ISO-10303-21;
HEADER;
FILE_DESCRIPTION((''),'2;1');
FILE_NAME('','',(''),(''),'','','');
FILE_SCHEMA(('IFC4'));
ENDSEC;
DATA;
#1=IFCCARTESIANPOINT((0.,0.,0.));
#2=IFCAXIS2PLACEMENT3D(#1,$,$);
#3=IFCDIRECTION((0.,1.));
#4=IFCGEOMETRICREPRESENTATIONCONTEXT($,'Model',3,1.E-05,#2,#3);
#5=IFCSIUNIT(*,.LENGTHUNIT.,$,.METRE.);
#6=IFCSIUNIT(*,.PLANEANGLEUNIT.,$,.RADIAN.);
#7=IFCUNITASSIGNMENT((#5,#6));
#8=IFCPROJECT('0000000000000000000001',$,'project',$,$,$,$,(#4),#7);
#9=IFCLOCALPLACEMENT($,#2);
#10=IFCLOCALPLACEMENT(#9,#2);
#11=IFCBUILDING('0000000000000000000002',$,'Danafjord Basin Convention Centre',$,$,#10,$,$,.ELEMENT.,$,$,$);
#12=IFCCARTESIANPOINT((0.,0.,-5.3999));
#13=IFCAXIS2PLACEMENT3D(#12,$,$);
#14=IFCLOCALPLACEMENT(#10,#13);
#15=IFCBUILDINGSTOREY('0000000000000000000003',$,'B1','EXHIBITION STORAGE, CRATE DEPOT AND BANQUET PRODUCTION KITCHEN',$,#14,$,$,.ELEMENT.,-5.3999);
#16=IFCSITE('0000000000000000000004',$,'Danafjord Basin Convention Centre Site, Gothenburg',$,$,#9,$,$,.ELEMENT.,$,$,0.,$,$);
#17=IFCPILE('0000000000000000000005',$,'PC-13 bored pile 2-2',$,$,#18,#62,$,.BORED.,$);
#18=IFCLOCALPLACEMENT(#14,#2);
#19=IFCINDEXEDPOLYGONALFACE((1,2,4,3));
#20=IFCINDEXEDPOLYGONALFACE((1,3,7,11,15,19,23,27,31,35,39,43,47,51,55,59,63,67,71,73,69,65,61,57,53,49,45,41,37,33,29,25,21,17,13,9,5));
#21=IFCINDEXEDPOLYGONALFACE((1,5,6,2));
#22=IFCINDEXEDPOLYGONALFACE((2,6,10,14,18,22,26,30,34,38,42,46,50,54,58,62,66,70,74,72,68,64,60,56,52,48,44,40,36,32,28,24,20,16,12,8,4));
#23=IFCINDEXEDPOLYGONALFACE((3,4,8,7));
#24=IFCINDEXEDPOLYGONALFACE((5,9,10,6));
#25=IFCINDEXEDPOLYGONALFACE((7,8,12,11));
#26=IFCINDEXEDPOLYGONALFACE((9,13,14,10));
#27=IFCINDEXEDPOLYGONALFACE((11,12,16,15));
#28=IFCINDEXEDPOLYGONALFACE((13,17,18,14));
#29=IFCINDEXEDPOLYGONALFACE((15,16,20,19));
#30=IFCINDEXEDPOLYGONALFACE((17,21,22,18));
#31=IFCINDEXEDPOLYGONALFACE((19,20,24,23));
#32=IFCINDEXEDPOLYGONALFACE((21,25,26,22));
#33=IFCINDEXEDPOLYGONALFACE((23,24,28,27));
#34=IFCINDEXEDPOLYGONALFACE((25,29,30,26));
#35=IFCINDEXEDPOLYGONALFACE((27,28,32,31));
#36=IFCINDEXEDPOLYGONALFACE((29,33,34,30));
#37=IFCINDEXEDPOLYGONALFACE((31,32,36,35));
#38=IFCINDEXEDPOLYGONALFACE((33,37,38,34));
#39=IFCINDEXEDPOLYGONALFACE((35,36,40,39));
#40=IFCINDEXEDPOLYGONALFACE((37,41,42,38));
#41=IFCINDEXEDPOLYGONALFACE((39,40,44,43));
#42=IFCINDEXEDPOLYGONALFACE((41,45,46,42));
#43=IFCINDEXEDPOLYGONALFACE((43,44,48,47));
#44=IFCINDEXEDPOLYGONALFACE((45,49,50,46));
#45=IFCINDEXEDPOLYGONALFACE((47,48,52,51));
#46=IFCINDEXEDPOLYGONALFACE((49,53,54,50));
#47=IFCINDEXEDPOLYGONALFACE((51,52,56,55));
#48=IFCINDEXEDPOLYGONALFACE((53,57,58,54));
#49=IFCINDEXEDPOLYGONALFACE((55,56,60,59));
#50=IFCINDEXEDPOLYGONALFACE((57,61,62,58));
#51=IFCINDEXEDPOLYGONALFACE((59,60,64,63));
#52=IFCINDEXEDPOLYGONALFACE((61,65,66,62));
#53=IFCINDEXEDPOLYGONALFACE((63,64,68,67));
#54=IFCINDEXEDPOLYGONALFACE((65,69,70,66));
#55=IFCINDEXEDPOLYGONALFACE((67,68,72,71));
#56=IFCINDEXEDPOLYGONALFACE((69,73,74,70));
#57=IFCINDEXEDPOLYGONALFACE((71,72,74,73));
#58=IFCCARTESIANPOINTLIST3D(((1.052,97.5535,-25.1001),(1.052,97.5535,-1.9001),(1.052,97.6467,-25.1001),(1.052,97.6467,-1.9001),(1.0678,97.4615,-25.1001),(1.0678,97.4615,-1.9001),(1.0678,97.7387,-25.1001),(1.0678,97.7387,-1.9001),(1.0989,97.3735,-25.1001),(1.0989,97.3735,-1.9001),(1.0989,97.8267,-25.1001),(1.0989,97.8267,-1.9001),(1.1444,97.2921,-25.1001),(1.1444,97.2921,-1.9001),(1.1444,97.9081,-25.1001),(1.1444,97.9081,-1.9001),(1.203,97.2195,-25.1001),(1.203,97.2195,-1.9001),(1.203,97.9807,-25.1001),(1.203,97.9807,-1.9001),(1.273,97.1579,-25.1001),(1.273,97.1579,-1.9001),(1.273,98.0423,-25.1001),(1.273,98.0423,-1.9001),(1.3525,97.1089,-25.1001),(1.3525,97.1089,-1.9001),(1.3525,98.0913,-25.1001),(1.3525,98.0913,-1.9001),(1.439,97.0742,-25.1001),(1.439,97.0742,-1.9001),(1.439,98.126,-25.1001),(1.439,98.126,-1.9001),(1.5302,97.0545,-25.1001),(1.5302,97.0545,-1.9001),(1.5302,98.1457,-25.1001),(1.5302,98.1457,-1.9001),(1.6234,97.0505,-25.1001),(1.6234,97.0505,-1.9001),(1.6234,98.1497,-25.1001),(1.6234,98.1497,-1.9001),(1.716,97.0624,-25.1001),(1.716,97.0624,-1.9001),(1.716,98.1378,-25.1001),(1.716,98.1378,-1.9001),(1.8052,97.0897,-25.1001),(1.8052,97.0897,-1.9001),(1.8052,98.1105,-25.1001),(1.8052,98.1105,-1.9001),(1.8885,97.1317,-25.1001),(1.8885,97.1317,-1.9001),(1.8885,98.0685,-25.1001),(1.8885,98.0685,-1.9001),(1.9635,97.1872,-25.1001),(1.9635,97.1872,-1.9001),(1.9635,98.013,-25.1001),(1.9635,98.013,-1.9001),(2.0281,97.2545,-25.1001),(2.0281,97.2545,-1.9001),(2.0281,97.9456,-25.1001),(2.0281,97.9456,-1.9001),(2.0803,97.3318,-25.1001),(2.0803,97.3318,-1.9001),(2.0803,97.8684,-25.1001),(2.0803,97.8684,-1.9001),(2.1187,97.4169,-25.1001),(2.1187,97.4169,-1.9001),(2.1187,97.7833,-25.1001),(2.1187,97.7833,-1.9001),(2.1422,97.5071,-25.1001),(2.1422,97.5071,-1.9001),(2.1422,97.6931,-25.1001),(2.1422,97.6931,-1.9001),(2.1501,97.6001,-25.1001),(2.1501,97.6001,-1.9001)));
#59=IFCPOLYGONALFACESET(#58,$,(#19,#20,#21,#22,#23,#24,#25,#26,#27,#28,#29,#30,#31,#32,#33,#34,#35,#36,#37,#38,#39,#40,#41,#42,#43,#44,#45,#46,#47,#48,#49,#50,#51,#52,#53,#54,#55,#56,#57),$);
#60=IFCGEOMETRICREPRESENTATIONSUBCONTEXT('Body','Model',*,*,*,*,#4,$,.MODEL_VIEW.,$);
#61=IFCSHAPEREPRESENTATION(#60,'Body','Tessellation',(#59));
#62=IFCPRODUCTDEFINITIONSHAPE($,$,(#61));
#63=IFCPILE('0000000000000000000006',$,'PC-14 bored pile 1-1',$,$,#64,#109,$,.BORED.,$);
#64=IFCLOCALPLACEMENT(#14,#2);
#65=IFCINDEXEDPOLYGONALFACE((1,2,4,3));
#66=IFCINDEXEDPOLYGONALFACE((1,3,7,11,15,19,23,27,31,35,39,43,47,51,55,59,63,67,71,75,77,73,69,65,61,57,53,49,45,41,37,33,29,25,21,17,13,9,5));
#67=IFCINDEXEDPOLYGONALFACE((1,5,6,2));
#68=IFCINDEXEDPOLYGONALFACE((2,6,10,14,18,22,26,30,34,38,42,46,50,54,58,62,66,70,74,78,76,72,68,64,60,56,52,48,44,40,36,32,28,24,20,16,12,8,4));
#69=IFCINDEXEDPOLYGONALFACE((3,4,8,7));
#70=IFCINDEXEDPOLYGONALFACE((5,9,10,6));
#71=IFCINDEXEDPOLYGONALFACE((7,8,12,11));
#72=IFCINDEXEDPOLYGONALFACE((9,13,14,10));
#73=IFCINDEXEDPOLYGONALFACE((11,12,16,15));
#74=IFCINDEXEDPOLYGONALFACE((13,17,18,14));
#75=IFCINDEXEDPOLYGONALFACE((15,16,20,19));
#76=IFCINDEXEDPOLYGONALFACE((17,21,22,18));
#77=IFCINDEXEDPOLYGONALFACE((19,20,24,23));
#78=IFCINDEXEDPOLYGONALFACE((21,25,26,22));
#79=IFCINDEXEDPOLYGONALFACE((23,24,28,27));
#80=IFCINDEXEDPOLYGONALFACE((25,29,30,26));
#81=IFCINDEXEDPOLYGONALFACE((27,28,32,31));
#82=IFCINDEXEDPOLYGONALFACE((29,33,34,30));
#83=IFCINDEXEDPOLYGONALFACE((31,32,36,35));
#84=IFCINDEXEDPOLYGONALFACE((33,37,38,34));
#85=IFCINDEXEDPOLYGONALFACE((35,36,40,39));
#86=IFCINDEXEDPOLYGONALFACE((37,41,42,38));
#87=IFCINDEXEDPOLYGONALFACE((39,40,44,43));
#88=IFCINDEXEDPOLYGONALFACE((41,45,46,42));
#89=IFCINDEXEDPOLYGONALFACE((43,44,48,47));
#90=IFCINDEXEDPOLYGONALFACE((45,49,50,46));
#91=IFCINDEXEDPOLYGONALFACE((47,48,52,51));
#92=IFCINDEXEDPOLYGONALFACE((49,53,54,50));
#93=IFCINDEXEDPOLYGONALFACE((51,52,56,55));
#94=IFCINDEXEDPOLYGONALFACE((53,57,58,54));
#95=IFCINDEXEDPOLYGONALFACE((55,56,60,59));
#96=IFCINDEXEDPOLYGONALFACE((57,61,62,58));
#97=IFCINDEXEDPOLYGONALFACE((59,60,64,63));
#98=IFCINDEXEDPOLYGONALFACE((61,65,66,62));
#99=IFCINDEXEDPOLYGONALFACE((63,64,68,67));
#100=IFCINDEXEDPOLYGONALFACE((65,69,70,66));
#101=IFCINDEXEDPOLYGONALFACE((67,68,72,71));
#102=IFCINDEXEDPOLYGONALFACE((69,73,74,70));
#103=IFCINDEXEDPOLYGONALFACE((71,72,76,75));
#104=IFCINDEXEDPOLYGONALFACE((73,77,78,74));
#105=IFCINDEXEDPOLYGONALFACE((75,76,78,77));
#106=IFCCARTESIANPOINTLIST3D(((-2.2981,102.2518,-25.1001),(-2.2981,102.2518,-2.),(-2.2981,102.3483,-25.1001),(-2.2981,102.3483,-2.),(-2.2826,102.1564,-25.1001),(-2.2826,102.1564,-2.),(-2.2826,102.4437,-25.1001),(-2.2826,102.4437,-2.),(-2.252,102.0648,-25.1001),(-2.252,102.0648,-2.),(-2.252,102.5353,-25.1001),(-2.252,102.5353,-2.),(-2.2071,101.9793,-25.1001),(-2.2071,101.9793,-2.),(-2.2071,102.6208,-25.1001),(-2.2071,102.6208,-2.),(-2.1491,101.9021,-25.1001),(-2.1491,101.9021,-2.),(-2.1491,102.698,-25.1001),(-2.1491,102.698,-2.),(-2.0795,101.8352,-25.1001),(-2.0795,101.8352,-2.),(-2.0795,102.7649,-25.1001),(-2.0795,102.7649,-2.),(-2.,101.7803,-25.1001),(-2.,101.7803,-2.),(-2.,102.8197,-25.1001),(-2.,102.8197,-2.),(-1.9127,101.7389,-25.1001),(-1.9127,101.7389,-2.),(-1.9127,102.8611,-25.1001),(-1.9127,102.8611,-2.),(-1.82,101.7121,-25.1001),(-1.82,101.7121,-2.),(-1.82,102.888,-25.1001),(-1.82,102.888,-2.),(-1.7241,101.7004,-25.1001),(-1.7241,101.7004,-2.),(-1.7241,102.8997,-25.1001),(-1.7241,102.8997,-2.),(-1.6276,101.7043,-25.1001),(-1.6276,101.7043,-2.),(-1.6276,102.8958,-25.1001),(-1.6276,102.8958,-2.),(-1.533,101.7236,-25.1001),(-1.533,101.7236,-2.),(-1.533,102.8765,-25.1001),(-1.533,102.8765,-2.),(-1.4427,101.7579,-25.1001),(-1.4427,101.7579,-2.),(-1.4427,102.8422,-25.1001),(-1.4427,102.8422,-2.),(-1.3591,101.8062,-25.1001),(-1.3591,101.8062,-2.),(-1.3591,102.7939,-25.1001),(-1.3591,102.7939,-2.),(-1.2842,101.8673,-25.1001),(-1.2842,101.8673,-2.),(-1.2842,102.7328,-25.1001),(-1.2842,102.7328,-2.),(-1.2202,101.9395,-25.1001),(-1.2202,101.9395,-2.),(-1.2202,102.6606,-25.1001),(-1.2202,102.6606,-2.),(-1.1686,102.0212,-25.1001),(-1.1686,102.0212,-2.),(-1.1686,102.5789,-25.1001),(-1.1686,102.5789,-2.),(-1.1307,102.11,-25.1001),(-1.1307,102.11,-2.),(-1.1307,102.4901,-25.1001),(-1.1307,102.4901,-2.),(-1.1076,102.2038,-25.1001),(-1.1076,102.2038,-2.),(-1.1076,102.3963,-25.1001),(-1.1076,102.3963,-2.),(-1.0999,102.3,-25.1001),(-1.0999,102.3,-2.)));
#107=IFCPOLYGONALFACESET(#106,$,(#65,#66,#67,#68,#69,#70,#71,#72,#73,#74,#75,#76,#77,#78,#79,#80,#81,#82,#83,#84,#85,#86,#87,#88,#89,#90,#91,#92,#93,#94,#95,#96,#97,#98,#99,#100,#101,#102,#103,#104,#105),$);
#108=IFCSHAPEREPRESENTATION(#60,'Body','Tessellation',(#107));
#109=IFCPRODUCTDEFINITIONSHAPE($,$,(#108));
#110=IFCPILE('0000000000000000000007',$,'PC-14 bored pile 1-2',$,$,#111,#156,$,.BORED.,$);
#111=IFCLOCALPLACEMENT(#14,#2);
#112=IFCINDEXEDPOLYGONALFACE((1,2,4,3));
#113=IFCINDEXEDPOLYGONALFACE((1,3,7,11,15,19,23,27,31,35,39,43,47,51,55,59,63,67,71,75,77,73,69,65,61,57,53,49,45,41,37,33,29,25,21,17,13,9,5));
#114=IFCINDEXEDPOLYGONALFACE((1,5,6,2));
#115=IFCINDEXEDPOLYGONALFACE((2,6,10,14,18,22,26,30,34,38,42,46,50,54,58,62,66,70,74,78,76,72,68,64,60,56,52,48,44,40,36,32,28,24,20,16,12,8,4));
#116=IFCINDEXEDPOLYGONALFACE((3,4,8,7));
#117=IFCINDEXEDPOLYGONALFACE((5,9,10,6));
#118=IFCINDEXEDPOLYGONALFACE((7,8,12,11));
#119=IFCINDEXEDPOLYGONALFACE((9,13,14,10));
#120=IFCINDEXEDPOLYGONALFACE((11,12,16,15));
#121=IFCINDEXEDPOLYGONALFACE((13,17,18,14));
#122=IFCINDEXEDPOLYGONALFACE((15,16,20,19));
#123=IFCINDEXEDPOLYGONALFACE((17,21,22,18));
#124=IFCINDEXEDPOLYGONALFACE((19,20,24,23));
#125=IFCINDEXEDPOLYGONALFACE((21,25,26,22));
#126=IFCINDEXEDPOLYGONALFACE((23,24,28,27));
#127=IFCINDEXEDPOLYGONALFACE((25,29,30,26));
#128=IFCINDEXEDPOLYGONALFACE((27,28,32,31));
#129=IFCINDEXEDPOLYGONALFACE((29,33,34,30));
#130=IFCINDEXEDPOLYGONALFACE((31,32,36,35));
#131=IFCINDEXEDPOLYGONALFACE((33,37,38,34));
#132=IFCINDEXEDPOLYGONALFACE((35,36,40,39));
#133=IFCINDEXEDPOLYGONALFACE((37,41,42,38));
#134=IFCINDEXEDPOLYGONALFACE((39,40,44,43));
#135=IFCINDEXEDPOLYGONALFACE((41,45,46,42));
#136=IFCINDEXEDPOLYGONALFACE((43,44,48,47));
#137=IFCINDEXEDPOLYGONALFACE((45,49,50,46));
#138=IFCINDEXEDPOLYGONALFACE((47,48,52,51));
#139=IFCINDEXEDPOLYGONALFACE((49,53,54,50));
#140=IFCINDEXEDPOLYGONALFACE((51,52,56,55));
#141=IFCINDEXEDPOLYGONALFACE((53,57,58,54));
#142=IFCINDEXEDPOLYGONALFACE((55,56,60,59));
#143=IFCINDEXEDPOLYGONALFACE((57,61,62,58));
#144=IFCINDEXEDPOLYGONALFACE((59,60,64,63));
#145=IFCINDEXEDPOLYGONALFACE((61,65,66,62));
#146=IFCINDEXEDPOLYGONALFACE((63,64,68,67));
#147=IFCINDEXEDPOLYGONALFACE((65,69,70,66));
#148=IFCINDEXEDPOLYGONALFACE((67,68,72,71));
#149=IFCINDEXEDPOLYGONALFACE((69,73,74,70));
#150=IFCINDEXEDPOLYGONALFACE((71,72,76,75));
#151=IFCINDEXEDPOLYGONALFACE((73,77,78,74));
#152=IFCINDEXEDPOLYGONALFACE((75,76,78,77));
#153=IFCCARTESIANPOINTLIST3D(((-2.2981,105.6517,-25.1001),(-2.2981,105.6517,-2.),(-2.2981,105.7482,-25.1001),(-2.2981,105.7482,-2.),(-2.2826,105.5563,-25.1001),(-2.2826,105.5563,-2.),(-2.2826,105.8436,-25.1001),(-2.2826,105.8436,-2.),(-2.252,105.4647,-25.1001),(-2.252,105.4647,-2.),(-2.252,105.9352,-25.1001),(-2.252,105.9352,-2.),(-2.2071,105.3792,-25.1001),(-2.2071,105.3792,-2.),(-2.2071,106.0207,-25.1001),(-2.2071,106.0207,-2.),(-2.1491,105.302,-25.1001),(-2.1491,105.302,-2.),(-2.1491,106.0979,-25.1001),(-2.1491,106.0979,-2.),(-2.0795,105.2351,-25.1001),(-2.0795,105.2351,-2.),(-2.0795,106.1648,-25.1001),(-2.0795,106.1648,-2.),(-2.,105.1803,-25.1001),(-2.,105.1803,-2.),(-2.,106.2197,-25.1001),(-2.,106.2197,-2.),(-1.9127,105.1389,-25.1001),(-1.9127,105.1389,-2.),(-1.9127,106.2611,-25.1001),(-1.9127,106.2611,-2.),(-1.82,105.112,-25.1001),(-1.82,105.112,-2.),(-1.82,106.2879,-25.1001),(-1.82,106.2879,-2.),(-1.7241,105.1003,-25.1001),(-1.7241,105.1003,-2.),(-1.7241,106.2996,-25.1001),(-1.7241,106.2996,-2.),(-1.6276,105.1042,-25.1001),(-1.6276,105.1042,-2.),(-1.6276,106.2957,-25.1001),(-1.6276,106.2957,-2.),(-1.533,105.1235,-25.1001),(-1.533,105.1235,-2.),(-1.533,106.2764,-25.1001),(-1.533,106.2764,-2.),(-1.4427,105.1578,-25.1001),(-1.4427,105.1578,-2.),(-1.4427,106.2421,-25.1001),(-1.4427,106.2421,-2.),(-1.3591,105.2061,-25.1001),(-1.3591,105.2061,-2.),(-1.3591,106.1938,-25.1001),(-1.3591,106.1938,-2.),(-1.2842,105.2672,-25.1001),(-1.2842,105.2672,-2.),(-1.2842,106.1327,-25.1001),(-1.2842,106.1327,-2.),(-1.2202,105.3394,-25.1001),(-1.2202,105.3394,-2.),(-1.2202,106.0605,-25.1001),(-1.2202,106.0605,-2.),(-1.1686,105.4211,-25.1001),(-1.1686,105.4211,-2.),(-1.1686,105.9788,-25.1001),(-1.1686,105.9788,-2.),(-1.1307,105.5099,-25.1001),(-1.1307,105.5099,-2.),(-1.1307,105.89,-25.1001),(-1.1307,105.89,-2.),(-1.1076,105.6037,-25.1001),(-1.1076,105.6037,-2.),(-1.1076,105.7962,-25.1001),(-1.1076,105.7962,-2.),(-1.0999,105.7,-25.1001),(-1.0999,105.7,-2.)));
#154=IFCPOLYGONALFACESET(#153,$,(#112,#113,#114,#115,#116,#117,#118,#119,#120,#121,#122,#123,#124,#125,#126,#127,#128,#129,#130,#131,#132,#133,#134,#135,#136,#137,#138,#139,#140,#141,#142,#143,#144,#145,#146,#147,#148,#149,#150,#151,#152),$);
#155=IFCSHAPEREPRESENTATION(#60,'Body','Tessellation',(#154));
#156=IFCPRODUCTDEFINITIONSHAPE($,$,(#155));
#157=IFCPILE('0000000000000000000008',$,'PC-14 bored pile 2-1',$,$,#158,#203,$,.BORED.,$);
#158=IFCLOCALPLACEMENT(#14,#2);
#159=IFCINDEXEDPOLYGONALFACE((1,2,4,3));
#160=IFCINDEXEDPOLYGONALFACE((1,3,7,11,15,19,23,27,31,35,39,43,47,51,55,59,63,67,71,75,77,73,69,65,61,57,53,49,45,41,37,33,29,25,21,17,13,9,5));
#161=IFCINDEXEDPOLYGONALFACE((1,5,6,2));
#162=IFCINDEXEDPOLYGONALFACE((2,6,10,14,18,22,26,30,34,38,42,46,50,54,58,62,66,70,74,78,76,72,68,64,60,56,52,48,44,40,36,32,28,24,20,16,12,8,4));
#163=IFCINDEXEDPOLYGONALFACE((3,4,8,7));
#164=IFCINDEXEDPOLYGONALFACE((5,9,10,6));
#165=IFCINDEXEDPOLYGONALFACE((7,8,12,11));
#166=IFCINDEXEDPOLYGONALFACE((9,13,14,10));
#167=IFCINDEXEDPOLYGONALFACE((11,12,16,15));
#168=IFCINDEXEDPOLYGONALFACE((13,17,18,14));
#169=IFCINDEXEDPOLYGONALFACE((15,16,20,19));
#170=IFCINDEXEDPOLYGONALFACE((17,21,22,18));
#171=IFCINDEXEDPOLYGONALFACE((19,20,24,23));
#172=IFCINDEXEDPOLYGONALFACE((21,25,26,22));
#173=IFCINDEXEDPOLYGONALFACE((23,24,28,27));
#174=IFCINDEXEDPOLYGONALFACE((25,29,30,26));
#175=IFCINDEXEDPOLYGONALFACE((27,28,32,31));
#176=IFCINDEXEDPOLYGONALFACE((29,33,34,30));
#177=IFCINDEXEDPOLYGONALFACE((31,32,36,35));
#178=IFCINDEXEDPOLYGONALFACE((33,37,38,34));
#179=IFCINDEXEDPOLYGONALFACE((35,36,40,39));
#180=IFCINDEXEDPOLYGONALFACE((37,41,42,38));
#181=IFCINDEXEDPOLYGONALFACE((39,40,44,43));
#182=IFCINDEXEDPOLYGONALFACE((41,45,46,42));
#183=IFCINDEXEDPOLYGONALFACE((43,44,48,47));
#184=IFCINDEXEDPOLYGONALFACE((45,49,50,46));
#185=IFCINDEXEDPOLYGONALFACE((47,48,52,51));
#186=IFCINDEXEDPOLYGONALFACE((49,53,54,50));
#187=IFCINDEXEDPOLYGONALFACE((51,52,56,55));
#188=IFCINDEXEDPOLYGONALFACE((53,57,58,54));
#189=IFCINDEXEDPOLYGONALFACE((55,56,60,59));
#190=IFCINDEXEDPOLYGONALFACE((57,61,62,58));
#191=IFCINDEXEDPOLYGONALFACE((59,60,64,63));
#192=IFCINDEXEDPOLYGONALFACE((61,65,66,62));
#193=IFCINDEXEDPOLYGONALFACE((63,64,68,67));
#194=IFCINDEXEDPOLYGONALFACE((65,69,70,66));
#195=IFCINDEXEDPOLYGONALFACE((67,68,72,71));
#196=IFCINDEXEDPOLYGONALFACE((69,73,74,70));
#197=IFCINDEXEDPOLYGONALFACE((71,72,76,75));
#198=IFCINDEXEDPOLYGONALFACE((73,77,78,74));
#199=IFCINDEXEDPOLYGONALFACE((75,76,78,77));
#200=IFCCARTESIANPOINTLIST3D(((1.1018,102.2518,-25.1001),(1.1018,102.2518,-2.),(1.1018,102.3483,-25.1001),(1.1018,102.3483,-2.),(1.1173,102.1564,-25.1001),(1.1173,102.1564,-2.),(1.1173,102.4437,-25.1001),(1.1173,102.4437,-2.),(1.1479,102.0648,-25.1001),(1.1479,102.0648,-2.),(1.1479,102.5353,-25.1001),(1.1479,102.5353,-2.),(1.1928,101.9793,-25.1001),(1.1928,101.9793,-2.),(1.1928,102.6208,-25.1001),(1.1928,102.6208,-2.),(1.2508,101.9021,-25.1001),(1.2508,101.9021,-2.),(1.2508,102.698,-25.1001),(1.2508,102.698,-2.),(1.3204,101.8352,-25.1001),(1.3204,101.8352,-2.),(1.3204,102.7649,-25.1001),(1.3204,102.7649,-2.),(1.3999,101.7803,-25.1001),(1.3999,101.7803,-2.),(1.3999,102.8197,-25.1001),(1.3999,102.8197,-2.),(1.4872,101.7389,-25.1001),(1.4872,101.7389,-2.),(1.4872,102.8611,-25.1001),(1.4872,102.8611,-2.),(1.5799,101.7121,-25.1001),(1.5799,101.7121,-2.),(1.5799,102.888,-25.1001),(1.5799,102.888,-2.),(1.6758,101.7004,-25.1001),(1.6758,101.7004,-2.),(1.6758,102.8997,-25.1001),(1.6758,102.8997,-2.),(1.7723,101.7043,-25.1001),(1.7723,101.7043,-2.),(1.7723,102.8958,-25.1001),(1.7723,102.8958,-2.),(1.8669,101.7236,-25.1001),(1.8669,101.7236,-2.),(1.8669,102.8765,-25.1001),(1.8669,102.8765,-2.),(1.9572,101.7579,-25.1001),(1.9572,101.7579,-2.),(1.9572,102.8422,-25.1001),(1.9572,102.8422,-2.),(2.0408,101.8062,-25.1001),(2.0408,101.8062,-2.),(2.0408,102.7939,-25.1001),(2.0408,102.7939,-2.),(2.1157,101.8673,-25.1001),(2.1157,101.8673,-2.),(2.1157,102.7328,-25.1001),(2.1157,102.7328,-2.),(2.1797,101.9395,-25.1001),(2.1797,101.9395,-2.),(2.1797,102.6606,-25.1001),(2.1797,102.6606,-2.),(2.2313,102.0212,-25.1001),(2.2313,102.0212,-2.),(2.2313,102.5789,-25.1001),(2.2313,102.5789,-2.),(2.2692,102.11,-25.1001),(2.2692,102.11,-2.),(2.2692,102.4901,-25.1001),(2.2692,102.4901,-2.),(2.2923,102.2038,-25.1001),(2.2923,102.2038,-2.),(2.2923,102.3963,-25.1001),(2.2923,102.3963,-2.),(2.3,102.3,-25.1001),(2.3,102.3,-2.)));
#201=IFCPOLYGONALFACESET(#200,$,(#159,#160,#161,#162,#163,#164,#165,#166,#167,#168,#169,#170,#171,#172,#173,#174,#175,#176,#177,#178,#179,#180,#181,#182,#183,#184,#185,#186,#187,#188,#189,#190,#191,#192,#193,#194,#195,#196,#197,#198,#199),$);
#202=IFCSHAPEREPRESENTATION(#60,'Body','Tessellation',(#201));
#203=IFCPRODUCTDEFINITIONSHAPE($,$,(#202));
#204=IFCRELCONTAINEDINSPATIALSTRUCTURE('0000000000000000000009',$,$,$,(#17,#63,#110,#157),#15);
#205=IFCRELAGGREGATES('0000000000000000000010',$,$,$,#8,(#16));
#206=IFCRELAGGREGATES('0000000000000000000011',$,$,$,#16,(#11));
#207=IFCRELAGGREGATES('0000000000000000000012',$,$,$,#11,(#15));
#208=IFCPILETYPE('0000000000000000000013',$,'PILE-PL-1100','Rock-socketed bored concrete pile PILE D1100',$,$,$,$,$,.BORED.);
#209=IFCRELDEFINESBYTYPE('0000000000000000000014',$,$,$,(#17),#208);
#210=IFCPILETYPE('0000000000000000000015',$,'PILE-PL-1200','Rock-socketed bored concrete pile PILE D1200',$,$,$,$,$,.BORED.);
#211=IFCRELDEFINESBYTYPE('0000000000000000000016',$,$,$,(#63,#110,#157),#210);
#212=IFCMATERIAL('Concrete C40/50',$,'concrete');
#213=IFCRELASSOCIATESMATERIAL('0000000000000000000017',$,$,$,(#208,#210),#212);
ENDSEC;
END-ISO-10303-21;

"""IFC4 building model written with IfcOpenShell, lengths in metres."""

from ifc_helpers import new_model, si_unit, direction, frame, origin, origin_2d, place, context, subcontext, project, spatial, circle, extrude, material, material_profile, profile_set, type_object, element, save


model = new_model("IFC4")

# Units and contexts
model_context = context("Model", 3, precision=1e-05, world=origin(), true_north=direction((0.0, 1.0)))
body_context = subcontext(model_context, "Body", "Model", "MODEL_VIEW")
ifc_project = project(units=[si_unit("LENGTHUNIT", "METRE"), si_unit("PLANEANGLEUNIT", "RADIAN")], contexts=[model_context])

# Site, building, storey
site_placement = place(None, origin())
site = spatial("IfcSite", under=ifc_project, at=site_placement, Name="Danafjord Basin Convention Centre Site, Gothenburg", CompositionType="ELEMENT", RefElevation=0.0)
building_placement = place(site_placement, origin())
building = spatial("IfcBuilding", under=site, at=building_placement, Name="Danafjord Basin Convention Centre", CompositionType="ELEMENT")
storey_placement = place(building_placement, frame((0.0, 0.0, -5.3999)))
storey = spatial("IfcBuildingStorey", under=building, at=storey_placement, Name="B1", Description="EXHIBITION STORAGE, CRATE DEPOT AND BANQUET PRODUCTION KITCHEN", CompositionType="ELEMENT", Elevation=-5.3999)

# Shared definitions
ifc_material_1 = material(Name="Concrete C40/50", Category="concrete")

# Piles
ifc_material_profile_1 = material_profile(ifc_material_1, circle(Radius=0.55, at=origin_2d()), Name="PILE D1100")
ifc_profile_set_1 = profile_set([ifc_material_profile_1], Name="Concrete C40/50")
pile_type_1 = type_object("IfcPileType", Name="PILE-PL-1100", Description="Rock-socketed bored concrete pile PILE D1100", PredefinedType="BORED", material=ifc_profile_set_1)
for number, where, z_axis, x_axis, name in (
    (1, (1.6001, 97.6001, -1.9001), (0.0, 0.0, -1.0), (1.0, 0.0, 0.0), "PC-13 bored pile 2-2"),
):
    element("IfcPile", number, at=place(storey_placement, frame(where, z_axis=z_axis, x_axis=x_axis)), inside=storey, type_object=pile_type_1, Name=name, PredefinedType="BORED", context=body_context, shape_type="SweptSolid", body=[
        extrude(circle(Radius=0.55, at=origin_2d()), origin(), (0.0, 0.0, 1.0), 23.2),
    ])
ifc_material_profile_2 = material_profile(ifc_material_1, circle(Radius=0.6001, at=origin_2d()), Name="PILE D1200")
ifc_profile_set_2 = profile_set([ifc_material_profile_2], Name="Concrete C40/50")
pile_type_2 = type_object("IfcPileType", Name="PILE-PL-1200", Description="Rock-socketed bored concrete pile PILE D1200", PredefinedType="BORED", material=ifc_profile_set_2)
for number, where, z_axis, x_axis, name in (
    (2, (-1.7, 102.3, -2.0), (0.0, 0.0, -1.0), (1.0, 0.0, 0.0), "PC-14 bored pile 1-1"),
    (3, (-1.7, 105.7, -2.0), (0.0, 0.0, -1.0), (1.0, 0.0, 0.0), "PC-14 bored pile 1-2"),
    (4, (1.7, 102.3, -2.0), (0.0, 0.0, -1.0), (1.0, 0.0, 0.0), "PC-14 bored pile 2-1"),
):
    element("IfcPile", number, at=place(storey_placement, frame(where, z_axis=z_axis, x_axis=x_axis)), inside=storey, type_object=pile_type_2, Name=name, PredefinedType="BORED", context=body_context, shape_type="SweptSolid", body=[
        extrude(circle(Radius=0.6001, at=origin_2d()), origin(), (0.0, 0.0, 1.0), 23.1001),
    ])

save(model, "model.ifc")
